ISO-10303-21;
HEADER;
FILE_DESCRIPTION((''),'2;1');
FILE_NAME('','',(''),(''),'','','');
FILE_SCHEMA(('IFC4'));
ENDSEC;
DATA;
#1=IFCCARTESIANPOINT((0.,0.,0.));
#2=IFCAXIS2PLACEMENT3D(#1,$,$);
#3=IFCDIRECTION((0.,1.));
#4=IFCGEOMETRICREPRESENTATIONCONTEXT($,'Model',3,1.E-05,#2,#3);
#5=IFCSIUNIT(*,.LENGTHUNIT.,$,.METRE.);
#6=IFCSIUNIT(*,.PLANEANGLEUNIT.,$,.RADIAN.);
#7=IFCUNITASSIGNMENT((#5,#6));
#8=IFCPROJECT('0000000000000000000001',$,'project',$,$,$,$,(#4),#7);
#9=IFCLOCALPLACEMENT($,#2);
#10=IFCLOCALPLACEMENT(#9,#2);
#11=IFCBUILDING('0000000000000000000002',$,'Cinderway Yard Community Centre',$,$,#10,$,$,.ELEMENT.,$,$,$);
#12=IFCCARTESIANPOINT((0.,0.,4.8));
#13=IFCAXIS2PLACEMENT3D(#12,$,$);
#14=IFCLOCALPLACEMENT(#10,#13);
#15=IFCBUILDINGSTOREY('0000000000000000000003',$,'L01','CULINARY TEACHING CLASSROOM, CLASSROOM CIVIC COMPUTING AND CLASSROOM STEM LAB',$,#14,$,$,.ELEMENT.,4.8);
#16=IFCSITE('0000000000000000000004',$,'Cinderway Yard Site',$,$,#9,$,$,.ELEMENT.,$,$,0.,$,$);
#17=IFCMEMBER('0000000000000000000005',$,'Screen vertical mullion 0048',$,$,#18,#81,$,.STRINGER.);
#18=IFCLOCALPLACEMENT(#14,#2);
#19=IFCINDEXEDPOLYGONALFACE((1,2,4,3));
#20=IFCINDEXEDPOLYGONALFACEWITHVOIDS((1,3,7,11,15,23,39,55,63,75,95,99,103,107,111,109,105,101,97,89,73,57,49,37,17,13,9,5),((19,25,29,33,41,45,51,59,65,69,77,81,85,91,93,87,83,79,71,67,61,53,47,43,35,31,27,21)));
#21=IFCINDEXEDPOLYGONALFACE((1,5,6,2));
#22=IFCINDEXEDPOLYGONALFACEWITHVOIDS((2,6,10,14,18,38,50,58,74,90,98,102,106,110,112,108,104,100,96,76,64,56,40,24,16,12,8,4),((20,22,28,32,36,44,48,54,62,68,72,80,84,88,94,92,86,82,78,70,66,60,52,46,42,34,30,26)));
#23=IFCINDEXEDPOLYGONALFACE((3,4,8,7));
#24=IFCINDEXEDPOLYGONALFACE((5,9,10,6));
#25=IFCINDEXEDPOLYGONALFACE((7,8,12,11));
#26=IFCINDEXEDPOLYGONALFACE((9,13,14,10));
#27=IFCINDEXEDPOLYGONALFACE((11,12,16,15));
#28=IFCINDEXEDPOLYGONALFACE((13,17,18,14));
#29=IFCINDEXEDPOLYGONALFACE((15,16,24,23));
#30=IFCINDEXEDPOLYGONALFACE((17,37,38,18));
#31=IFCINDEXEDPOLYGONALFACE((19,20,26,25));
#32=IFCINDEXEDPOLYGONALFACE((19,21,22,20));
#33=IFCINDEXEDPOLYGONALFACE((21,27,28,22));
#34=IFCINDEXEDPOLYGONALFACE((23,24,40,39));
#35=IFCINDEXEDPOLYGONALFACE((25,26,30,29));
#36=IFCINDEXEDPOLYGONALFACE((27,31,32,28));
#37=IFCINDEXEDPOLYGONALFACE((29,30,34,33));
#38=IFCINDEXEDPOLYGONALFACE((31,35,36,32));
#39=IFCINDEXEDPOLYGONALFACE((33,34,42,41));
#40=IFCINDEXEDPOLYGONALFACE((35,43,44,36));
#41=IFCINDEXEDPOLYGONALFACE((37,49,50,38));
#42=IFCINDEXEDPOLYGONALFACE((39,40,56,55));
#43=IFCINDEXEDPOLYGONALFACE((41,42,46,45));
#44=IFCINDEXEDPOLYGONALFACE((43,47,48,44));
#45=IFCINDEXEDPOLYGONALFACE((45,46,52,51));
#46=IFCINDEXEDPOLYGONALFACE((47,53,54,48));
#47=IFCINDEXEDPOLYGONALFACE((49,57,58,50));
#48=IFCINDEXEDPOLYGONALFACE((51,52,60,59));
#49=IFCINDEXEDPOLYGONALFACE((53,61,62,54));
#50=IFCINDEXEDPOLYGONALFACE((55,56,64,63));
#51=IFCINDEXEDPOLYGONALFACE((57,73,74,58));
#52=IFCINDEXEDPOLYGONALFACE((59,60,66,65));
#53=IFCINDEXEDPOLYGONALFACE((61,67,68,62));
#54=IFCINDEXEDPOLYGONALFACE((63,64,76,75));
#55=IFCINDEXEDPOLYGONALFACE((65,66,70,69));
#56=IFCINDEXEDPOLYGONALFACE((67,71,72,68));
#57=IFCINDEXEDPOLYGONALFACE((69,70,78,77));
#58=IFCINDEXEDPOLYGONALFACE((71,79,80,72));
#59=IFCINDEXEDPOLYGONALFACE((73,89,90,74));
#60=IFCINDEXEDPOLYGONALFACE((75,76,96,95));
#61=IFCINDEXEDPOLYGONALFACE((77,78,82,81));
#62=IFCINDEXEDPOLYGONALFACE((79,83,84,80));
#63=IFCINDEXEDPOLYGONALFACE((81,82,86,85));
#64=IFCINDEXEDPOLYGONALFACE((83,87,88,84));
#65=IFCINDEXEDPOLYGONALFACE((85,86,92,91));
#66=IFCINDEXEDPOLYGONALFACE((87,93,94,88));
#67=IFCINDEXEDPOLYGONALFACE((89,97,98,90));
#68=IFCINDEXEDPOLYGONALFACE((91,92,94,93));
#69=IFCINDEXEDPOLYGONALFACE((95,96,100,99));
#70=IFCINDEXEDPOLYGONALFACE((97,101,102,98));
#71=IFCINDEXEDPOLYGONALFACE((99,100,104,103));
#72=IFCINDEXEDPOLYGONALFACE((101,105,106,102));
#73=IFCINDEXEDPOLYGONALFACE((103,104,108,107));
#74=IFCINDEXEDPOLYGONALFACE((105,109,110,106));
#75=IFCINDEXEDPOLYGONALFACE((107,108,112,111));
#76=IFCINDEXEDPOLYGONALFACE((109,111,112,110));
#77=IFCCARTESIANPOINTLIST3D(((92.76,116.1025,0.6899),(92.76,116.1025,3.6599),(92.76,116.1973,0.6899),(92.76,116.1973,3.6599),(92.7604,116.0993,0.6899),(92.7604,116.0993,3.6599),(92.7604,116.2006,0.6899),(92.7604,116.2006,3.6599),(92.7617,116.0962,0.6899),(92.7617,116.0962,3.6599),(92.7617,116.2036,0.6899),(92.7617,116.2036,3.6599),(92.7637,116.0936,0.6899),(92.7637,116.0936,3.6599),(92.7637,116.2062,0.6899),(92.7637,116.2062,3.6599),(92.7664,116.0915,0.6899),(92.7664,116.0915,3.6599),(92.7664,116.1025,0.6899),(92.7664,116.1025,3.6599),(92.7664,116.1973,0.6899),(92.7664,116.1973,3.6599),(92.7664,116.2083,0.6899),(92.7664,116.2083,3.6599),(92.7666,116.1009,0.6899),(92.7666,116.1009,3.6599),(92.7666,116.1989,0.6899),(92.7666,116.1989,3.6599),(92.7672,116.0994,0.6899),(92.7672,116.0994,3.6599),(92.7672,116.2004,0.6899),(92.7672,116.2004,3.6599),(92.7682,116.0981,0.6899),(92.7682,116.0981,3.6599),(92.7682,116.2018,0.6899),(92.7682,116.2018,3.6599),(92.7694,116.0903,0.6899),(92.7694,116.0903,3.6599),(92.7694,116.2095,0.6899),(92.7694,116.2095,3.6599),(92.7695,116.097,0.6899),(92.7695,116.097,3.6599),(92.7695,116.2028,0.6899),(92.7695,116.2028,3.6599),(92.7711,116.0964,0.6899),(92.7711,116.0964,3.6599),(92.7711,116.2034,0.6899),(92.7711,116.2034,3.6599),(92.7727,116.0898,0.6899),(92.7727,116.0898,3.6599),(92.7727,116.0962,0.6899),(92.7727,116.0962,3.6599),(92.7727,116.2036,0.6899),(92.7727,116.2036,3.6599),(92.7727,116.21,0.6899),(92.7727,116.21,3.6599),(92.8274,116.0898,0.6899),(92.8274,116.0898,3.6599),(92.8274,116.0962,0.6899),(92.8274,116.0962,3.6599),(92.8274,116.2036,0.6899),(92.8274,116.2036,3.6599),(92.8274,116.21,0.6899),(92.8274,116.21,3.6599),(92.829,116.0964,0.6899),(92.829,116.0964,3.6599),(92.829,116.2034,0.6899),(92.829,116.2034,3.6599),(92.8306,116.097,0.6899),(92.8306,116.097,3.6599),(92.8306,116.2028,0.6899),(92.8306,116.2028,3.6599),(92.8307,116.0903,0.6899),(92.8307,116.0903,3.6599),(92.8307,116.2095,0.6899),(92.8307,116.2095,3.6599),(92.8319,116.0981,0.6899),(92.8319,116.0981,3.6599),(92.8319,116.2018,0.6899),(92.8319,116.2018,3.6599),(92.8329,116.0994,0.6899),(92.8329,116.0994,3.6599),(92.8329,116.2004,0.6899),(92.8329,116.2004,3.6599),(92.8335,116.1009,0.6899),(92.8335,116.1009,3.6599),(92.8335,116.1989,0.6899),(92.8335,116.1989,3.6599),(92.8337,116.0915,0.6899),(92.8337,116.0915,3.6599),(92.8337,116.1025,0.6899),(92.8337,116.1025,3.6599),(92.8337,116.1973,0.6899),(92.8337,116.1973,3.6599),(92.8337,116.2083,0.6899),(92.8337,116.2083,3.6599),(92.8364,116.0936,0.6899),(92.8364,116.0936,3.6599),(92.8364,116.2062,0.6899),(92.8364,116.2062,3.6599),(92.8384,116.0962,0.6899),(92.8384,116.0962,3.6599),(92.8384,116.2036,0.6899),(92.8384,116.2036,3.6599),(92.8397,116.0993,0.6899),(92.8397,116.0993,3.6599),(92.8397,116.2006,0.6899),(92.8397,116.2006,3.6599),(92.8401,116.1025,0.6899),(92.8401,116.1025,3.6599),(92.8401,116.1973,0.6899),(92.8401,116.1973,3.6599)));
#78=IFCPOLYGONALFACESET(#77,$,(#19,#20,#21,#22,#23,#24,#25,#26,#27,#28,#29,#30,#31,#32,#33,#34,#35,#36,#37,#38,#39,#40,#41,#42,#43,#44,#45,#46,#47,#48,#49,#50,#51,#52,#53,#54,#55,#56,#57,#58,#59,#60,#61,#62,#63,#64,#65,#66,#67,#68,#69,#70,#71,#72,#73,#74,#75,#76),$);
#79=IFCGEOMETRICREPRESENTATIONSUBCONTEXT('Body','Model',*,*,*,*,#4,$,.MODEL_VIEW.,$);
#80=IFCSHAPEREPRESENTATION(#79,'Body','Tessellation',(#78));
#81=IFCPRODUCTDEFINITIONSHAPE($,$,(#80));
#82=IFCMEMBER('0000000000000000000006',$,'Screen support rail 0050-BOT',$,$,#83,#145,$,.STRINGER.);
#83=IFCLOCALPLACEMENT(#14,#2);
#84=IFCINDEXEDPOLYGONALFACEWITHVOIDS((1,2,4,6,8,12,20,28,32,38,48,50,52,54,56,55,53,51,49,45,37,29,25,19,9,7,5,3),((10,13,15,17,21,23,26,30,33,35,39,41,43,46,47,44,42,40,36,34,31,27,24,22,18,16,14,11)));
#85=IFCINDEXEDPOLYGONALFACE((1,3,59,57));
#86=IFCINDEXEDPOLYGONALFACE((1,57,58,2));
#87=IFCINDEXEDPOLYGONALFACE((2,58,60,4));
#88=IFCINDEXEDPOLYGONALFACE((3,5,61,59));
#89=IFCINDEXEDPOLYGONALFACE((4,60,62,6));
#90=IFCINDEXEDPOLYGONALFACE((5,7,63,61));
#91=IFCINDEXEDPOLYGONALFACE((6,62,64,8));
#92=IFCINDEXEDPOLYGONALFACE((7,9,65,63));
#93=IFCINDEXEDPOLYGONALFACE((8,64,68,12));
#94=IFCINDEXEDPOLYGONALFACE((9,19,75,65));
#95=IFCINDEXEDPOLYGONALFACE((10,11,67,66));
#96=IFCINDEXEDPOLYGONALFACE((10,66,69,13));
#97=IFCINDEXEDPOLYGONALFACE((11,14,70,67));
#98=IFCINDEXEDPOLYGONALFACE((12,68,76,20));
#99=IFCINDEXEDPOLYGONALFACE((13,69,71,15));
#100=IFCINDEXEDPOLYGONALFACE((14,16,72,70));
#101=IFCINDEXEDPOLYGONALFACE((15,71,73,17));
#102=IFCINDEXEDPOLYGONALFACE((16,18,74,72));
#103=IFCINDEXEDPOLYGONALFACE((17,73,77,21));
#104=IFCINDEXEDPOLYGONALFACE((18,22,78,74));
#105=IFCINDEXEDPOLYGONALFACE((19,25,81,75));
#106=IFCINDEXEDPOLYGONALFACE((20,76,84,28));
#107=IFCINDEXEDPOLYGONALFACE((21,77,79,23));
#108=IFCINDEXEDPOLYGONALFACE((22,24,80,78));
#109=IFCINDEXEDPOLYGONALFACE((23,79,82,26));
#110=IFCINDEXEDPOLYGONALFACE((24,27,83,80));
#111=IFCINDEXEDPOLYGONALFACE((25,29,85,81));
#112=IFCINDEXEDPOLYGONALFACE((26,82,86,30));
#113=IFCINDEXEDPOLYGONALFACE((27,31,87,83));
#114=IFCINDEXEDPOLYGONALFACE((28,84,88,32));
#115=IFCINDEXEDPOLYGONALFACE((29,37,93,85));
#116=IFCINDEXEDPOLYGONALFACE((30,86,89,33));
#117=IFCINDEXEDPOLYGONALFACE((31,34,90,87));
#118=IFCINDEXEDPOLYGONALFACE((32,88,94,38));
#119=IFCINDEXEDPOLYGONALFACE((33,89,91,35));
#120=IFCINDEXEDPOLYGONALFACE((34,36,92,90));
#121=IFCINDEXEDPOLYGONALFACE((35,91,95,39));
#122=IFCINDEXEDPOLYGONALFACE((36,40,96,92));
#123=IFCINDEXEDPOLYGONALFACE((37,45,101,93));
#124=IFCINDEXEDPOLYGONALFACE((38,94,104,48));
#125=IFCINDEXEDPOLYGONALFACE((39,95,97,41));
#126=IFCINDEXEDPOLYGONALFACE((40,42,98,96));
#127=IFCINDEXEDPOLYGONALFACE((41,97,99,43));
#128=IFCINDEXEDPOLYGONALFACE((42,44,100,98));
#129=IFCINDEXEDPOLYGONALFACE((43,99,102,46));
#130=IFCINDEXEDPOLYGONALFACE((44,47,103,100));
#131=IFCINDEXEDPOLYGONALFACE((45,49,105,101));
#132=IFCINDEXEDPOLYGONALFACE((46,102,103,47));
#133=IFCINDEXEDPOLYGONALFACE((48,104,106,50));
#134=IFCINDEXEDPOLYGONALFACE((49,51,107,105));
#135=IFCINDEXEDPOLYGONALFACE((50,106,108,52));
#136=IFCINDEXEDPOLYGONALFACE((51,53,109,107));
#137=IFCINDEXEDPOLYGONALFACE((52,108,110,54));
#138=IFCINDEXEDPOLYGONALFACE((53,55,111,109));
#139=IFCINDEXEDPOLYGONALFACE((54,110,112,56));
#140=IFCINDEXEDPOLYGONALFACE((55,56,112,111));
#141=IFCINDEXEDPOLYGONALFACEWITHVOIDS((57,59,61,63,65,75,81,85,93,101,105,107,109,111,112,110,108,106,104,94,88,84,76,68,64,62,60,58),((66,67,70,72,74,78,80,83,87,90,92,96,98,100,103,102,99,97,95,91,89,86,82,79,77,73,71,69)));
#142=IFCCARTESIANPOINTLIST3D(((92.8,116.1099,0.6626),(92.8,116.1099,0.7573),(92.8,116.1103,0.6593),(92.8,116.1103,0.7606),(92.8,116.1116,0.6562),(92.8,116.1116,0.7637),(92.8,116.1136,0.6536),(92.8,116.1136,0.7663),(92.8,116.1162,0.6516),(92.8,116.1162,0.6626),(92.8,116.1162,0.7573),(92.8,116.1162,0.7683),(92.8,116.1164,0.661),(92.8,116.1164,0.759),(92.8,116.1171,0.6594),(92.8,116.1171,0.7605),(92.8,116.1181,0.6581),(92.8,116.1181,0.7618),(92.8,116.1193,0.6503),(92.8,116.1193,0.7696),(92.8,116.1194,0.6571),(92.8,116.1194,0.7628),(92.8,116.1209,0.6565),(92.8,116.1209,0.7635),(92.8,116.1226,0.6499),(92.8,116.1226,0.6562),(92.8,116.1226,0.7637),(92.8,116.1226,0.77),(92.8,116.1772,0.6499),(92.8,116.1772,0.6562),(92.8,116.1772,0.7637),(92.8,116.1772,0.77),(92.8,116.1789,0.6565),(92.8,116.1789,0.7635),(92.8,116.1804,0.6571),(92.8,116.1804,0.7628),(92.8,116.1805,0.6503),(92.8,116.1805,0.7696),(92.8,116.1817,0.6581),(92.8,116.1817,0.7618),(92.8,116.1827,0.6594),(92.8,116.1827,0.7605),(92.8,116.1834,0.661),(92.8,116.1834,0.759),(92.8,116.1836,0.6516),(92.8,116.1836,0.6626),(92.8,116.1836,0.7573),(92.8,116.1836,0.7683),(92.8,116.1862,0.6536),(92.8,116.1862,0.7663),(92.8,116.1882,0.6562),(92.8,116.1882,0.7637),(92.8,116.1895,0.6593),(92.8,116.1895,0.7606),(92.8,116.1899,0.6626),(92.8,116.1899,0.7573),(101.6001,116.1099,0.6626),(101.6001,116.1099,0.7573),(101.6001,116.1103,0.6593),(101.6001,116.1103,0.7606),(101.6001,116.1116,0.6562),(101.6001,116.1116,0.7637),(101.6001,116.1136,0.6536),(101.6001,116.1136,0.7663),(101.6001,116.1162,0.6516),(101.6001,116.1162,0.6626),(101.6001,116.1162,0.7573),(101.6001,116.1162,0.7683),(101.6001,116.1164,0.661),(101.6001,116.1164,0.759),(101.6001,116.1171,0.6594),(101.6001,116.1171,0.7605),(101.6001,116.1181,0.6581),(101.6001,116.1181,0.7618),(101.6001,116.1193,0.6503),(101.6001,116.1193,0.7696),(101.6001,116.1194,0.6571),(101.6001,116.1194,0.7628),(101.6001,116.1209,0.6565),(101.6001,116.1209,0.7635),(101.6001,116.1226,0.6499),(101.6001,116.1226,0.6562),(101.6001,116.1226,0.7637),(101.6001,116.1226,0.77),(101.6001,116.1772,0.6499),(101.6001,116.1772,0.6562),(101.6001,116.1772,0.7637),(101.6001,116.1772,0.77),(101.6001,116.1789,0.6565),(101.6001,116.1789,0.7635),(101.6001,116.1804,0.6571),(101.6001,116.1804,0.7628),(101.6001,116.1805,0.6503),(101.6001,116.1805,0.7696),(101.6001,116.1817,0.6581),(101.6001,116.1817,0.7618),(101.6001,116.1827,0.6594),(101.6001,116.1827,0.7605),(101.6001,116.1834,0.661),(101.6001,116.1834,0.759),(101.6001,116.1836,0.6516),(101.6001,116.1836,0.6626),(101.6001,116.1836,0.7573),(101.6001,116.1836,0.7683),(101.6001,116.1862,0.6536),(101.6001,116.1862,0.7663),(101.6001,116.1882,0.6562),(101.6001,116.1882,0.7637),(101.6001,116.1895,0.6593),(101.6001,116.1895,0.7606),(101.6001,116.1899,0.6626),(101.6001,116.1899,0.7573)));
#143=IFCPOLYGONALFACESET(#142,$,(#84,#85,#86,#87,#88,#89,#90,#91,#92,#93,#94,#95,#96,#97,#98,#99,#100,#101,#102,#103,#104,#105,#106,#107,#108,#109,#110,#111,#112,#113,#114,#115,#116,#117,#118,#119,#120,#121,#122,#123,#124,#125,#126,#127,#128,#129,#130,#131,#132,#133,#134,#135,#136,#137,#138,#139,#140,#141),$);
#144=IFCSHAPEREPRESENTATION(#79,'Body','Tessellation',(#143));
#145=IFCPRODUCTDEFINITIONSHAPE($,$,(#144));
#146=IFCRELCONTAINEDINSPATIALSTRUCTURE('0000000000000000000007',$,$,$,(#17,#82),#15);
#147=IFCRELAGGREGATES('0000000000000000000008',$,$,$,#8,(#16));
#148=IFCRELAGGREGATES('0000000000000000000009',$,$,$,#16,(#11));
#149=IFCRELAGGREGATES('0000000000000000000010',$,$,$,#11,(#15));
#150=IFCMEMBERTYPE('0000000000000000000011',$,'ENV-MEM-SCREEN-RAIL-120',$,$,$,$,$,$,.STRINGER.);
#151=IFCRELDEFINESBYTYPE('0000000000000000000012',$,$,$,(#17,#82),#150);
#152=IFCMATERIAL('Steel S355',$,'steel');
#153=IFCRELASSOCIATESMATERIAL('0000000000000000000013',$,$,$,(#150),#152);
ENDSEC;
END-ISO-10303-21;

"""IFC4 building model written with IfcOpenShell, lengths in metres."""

from ifc_helpers import new_model, si_unit, direction, frame, origin, origin_2d, place, context, subcontext, project, spatial, hollow_rectangle, extrude, material, material_profile, profile_set, type_object, element, save


model = new_model("IFC4")

# Units and contexts
model_context = context("Model", 3, precision=1e-05, world=origin(), true_north=direction((0.0, 1.0)))
body_context = subcontext(model_context, "Body", "Model", "MODEL_VIEW")
ifc_project = project(units=[si_unit("LENGTHUNIT", "METRE"), si_unit("PLANEANGLEUNIT", "RADIAN")], contexts=[model_context])

# Site, building, storey
site_placement = place(None, origin())
site = spatial("IfcSite", under=ifc_project, at=site_placement, Name="Cinderway Yard Site", CompositionType="ELEMENT", RefElevation=0.0)
building_placement = place(site_placement, origin())
building = spatial("IfcBuilding", under=site, at=building_placement, Name="Cinderway Yard Community Centre", CompositionType="ELEMENT")
storey_placement = place(building_placement, frame((0.0, 0.0, 4.8)))
storey = spatial("IfcBuildingStorey", under=building, at=storey_placement, Name="L01", Description="CULINARY TEACHING CLASSROOM, CLASSROOM CIVIC COMPUTING AND CLASSROOM STEM LAB", CompositionType="ELEMENT", Elevation=4.8)

# Members
ifc_material_1 = material(Name="Steel S355", Category="steel")
ifc_material_profile_1 = material_profile(ifc_material_1, hollow_rectangle(XDim=0.0801, YDim=0.1201, WallThickness=0.0063, InnerFilletRadius=0.0063, OuterFilletRadius=0.0127, at=origin_2d()), Name="Steel S355")
ifc_profile_set_1 = profile_set([ifc_material_profile_1], Name="Steel S355")
member_type_1 = type_object("IfcMemberType", Name="ENV-MEM-SCREEN-RAIL-120", PredefinedType="STRINGER", material=ifc_profile_set_1)
for number, where, z_axis, x_axis, name in (
    (1, (92.8, 116.1499, 0.6899), (0.0, 0.0, 1.0), (1.0, 0.0, 0.0), "Screen vertical mullion 0048"),
):
    element("IfcMember", number, at=place(storey_placement, frame(where, z_axis=z_axis, x_axis=x_axis)), inside=storey, type_object=member_type_1, Name=name, PredefinedType="STRINGER", context=body_context, shape_type="SweptSolid", body=[
        extrude(hollow_rectangle(XDim=0.0801, YDim=0.1201, WallThickness=0.0063, InnerFilletRadius=0.0063, OuterFilletRadius=0.0127, at=origin_2d()), origin(), (0.0, 0.0, 1.0), 2.97),
    ])
for number, where, z_axis, x_axis, name in (
    (2, (92.8, 116.1499, 0.71), (1.0, 0.0, 0.0), (0.0, 1.0, 0.0), "Screen support rail 0050-BOT"),
):
    element("IfcMember", number, at=place(storey_placement, frame(where, z_axis=z_axis, x_axis=x_axis)), inside=storey, type_object=member_type_1, Name=name, PredefinedType="STRINGER", context=body_context, shape_type="SweptSolid", body=[
        extrude(hollow_rectangle(XDim=0.0801, YDim=0.1201, WallThickness=0.0063, InnerFilletRadius=0.0063, OuterFilletRadius=0.0127, at=origin_2d()), origin(), (0.0, 0.0, 1.0), 8.8),
    ])

save(model, "model.ifc")
